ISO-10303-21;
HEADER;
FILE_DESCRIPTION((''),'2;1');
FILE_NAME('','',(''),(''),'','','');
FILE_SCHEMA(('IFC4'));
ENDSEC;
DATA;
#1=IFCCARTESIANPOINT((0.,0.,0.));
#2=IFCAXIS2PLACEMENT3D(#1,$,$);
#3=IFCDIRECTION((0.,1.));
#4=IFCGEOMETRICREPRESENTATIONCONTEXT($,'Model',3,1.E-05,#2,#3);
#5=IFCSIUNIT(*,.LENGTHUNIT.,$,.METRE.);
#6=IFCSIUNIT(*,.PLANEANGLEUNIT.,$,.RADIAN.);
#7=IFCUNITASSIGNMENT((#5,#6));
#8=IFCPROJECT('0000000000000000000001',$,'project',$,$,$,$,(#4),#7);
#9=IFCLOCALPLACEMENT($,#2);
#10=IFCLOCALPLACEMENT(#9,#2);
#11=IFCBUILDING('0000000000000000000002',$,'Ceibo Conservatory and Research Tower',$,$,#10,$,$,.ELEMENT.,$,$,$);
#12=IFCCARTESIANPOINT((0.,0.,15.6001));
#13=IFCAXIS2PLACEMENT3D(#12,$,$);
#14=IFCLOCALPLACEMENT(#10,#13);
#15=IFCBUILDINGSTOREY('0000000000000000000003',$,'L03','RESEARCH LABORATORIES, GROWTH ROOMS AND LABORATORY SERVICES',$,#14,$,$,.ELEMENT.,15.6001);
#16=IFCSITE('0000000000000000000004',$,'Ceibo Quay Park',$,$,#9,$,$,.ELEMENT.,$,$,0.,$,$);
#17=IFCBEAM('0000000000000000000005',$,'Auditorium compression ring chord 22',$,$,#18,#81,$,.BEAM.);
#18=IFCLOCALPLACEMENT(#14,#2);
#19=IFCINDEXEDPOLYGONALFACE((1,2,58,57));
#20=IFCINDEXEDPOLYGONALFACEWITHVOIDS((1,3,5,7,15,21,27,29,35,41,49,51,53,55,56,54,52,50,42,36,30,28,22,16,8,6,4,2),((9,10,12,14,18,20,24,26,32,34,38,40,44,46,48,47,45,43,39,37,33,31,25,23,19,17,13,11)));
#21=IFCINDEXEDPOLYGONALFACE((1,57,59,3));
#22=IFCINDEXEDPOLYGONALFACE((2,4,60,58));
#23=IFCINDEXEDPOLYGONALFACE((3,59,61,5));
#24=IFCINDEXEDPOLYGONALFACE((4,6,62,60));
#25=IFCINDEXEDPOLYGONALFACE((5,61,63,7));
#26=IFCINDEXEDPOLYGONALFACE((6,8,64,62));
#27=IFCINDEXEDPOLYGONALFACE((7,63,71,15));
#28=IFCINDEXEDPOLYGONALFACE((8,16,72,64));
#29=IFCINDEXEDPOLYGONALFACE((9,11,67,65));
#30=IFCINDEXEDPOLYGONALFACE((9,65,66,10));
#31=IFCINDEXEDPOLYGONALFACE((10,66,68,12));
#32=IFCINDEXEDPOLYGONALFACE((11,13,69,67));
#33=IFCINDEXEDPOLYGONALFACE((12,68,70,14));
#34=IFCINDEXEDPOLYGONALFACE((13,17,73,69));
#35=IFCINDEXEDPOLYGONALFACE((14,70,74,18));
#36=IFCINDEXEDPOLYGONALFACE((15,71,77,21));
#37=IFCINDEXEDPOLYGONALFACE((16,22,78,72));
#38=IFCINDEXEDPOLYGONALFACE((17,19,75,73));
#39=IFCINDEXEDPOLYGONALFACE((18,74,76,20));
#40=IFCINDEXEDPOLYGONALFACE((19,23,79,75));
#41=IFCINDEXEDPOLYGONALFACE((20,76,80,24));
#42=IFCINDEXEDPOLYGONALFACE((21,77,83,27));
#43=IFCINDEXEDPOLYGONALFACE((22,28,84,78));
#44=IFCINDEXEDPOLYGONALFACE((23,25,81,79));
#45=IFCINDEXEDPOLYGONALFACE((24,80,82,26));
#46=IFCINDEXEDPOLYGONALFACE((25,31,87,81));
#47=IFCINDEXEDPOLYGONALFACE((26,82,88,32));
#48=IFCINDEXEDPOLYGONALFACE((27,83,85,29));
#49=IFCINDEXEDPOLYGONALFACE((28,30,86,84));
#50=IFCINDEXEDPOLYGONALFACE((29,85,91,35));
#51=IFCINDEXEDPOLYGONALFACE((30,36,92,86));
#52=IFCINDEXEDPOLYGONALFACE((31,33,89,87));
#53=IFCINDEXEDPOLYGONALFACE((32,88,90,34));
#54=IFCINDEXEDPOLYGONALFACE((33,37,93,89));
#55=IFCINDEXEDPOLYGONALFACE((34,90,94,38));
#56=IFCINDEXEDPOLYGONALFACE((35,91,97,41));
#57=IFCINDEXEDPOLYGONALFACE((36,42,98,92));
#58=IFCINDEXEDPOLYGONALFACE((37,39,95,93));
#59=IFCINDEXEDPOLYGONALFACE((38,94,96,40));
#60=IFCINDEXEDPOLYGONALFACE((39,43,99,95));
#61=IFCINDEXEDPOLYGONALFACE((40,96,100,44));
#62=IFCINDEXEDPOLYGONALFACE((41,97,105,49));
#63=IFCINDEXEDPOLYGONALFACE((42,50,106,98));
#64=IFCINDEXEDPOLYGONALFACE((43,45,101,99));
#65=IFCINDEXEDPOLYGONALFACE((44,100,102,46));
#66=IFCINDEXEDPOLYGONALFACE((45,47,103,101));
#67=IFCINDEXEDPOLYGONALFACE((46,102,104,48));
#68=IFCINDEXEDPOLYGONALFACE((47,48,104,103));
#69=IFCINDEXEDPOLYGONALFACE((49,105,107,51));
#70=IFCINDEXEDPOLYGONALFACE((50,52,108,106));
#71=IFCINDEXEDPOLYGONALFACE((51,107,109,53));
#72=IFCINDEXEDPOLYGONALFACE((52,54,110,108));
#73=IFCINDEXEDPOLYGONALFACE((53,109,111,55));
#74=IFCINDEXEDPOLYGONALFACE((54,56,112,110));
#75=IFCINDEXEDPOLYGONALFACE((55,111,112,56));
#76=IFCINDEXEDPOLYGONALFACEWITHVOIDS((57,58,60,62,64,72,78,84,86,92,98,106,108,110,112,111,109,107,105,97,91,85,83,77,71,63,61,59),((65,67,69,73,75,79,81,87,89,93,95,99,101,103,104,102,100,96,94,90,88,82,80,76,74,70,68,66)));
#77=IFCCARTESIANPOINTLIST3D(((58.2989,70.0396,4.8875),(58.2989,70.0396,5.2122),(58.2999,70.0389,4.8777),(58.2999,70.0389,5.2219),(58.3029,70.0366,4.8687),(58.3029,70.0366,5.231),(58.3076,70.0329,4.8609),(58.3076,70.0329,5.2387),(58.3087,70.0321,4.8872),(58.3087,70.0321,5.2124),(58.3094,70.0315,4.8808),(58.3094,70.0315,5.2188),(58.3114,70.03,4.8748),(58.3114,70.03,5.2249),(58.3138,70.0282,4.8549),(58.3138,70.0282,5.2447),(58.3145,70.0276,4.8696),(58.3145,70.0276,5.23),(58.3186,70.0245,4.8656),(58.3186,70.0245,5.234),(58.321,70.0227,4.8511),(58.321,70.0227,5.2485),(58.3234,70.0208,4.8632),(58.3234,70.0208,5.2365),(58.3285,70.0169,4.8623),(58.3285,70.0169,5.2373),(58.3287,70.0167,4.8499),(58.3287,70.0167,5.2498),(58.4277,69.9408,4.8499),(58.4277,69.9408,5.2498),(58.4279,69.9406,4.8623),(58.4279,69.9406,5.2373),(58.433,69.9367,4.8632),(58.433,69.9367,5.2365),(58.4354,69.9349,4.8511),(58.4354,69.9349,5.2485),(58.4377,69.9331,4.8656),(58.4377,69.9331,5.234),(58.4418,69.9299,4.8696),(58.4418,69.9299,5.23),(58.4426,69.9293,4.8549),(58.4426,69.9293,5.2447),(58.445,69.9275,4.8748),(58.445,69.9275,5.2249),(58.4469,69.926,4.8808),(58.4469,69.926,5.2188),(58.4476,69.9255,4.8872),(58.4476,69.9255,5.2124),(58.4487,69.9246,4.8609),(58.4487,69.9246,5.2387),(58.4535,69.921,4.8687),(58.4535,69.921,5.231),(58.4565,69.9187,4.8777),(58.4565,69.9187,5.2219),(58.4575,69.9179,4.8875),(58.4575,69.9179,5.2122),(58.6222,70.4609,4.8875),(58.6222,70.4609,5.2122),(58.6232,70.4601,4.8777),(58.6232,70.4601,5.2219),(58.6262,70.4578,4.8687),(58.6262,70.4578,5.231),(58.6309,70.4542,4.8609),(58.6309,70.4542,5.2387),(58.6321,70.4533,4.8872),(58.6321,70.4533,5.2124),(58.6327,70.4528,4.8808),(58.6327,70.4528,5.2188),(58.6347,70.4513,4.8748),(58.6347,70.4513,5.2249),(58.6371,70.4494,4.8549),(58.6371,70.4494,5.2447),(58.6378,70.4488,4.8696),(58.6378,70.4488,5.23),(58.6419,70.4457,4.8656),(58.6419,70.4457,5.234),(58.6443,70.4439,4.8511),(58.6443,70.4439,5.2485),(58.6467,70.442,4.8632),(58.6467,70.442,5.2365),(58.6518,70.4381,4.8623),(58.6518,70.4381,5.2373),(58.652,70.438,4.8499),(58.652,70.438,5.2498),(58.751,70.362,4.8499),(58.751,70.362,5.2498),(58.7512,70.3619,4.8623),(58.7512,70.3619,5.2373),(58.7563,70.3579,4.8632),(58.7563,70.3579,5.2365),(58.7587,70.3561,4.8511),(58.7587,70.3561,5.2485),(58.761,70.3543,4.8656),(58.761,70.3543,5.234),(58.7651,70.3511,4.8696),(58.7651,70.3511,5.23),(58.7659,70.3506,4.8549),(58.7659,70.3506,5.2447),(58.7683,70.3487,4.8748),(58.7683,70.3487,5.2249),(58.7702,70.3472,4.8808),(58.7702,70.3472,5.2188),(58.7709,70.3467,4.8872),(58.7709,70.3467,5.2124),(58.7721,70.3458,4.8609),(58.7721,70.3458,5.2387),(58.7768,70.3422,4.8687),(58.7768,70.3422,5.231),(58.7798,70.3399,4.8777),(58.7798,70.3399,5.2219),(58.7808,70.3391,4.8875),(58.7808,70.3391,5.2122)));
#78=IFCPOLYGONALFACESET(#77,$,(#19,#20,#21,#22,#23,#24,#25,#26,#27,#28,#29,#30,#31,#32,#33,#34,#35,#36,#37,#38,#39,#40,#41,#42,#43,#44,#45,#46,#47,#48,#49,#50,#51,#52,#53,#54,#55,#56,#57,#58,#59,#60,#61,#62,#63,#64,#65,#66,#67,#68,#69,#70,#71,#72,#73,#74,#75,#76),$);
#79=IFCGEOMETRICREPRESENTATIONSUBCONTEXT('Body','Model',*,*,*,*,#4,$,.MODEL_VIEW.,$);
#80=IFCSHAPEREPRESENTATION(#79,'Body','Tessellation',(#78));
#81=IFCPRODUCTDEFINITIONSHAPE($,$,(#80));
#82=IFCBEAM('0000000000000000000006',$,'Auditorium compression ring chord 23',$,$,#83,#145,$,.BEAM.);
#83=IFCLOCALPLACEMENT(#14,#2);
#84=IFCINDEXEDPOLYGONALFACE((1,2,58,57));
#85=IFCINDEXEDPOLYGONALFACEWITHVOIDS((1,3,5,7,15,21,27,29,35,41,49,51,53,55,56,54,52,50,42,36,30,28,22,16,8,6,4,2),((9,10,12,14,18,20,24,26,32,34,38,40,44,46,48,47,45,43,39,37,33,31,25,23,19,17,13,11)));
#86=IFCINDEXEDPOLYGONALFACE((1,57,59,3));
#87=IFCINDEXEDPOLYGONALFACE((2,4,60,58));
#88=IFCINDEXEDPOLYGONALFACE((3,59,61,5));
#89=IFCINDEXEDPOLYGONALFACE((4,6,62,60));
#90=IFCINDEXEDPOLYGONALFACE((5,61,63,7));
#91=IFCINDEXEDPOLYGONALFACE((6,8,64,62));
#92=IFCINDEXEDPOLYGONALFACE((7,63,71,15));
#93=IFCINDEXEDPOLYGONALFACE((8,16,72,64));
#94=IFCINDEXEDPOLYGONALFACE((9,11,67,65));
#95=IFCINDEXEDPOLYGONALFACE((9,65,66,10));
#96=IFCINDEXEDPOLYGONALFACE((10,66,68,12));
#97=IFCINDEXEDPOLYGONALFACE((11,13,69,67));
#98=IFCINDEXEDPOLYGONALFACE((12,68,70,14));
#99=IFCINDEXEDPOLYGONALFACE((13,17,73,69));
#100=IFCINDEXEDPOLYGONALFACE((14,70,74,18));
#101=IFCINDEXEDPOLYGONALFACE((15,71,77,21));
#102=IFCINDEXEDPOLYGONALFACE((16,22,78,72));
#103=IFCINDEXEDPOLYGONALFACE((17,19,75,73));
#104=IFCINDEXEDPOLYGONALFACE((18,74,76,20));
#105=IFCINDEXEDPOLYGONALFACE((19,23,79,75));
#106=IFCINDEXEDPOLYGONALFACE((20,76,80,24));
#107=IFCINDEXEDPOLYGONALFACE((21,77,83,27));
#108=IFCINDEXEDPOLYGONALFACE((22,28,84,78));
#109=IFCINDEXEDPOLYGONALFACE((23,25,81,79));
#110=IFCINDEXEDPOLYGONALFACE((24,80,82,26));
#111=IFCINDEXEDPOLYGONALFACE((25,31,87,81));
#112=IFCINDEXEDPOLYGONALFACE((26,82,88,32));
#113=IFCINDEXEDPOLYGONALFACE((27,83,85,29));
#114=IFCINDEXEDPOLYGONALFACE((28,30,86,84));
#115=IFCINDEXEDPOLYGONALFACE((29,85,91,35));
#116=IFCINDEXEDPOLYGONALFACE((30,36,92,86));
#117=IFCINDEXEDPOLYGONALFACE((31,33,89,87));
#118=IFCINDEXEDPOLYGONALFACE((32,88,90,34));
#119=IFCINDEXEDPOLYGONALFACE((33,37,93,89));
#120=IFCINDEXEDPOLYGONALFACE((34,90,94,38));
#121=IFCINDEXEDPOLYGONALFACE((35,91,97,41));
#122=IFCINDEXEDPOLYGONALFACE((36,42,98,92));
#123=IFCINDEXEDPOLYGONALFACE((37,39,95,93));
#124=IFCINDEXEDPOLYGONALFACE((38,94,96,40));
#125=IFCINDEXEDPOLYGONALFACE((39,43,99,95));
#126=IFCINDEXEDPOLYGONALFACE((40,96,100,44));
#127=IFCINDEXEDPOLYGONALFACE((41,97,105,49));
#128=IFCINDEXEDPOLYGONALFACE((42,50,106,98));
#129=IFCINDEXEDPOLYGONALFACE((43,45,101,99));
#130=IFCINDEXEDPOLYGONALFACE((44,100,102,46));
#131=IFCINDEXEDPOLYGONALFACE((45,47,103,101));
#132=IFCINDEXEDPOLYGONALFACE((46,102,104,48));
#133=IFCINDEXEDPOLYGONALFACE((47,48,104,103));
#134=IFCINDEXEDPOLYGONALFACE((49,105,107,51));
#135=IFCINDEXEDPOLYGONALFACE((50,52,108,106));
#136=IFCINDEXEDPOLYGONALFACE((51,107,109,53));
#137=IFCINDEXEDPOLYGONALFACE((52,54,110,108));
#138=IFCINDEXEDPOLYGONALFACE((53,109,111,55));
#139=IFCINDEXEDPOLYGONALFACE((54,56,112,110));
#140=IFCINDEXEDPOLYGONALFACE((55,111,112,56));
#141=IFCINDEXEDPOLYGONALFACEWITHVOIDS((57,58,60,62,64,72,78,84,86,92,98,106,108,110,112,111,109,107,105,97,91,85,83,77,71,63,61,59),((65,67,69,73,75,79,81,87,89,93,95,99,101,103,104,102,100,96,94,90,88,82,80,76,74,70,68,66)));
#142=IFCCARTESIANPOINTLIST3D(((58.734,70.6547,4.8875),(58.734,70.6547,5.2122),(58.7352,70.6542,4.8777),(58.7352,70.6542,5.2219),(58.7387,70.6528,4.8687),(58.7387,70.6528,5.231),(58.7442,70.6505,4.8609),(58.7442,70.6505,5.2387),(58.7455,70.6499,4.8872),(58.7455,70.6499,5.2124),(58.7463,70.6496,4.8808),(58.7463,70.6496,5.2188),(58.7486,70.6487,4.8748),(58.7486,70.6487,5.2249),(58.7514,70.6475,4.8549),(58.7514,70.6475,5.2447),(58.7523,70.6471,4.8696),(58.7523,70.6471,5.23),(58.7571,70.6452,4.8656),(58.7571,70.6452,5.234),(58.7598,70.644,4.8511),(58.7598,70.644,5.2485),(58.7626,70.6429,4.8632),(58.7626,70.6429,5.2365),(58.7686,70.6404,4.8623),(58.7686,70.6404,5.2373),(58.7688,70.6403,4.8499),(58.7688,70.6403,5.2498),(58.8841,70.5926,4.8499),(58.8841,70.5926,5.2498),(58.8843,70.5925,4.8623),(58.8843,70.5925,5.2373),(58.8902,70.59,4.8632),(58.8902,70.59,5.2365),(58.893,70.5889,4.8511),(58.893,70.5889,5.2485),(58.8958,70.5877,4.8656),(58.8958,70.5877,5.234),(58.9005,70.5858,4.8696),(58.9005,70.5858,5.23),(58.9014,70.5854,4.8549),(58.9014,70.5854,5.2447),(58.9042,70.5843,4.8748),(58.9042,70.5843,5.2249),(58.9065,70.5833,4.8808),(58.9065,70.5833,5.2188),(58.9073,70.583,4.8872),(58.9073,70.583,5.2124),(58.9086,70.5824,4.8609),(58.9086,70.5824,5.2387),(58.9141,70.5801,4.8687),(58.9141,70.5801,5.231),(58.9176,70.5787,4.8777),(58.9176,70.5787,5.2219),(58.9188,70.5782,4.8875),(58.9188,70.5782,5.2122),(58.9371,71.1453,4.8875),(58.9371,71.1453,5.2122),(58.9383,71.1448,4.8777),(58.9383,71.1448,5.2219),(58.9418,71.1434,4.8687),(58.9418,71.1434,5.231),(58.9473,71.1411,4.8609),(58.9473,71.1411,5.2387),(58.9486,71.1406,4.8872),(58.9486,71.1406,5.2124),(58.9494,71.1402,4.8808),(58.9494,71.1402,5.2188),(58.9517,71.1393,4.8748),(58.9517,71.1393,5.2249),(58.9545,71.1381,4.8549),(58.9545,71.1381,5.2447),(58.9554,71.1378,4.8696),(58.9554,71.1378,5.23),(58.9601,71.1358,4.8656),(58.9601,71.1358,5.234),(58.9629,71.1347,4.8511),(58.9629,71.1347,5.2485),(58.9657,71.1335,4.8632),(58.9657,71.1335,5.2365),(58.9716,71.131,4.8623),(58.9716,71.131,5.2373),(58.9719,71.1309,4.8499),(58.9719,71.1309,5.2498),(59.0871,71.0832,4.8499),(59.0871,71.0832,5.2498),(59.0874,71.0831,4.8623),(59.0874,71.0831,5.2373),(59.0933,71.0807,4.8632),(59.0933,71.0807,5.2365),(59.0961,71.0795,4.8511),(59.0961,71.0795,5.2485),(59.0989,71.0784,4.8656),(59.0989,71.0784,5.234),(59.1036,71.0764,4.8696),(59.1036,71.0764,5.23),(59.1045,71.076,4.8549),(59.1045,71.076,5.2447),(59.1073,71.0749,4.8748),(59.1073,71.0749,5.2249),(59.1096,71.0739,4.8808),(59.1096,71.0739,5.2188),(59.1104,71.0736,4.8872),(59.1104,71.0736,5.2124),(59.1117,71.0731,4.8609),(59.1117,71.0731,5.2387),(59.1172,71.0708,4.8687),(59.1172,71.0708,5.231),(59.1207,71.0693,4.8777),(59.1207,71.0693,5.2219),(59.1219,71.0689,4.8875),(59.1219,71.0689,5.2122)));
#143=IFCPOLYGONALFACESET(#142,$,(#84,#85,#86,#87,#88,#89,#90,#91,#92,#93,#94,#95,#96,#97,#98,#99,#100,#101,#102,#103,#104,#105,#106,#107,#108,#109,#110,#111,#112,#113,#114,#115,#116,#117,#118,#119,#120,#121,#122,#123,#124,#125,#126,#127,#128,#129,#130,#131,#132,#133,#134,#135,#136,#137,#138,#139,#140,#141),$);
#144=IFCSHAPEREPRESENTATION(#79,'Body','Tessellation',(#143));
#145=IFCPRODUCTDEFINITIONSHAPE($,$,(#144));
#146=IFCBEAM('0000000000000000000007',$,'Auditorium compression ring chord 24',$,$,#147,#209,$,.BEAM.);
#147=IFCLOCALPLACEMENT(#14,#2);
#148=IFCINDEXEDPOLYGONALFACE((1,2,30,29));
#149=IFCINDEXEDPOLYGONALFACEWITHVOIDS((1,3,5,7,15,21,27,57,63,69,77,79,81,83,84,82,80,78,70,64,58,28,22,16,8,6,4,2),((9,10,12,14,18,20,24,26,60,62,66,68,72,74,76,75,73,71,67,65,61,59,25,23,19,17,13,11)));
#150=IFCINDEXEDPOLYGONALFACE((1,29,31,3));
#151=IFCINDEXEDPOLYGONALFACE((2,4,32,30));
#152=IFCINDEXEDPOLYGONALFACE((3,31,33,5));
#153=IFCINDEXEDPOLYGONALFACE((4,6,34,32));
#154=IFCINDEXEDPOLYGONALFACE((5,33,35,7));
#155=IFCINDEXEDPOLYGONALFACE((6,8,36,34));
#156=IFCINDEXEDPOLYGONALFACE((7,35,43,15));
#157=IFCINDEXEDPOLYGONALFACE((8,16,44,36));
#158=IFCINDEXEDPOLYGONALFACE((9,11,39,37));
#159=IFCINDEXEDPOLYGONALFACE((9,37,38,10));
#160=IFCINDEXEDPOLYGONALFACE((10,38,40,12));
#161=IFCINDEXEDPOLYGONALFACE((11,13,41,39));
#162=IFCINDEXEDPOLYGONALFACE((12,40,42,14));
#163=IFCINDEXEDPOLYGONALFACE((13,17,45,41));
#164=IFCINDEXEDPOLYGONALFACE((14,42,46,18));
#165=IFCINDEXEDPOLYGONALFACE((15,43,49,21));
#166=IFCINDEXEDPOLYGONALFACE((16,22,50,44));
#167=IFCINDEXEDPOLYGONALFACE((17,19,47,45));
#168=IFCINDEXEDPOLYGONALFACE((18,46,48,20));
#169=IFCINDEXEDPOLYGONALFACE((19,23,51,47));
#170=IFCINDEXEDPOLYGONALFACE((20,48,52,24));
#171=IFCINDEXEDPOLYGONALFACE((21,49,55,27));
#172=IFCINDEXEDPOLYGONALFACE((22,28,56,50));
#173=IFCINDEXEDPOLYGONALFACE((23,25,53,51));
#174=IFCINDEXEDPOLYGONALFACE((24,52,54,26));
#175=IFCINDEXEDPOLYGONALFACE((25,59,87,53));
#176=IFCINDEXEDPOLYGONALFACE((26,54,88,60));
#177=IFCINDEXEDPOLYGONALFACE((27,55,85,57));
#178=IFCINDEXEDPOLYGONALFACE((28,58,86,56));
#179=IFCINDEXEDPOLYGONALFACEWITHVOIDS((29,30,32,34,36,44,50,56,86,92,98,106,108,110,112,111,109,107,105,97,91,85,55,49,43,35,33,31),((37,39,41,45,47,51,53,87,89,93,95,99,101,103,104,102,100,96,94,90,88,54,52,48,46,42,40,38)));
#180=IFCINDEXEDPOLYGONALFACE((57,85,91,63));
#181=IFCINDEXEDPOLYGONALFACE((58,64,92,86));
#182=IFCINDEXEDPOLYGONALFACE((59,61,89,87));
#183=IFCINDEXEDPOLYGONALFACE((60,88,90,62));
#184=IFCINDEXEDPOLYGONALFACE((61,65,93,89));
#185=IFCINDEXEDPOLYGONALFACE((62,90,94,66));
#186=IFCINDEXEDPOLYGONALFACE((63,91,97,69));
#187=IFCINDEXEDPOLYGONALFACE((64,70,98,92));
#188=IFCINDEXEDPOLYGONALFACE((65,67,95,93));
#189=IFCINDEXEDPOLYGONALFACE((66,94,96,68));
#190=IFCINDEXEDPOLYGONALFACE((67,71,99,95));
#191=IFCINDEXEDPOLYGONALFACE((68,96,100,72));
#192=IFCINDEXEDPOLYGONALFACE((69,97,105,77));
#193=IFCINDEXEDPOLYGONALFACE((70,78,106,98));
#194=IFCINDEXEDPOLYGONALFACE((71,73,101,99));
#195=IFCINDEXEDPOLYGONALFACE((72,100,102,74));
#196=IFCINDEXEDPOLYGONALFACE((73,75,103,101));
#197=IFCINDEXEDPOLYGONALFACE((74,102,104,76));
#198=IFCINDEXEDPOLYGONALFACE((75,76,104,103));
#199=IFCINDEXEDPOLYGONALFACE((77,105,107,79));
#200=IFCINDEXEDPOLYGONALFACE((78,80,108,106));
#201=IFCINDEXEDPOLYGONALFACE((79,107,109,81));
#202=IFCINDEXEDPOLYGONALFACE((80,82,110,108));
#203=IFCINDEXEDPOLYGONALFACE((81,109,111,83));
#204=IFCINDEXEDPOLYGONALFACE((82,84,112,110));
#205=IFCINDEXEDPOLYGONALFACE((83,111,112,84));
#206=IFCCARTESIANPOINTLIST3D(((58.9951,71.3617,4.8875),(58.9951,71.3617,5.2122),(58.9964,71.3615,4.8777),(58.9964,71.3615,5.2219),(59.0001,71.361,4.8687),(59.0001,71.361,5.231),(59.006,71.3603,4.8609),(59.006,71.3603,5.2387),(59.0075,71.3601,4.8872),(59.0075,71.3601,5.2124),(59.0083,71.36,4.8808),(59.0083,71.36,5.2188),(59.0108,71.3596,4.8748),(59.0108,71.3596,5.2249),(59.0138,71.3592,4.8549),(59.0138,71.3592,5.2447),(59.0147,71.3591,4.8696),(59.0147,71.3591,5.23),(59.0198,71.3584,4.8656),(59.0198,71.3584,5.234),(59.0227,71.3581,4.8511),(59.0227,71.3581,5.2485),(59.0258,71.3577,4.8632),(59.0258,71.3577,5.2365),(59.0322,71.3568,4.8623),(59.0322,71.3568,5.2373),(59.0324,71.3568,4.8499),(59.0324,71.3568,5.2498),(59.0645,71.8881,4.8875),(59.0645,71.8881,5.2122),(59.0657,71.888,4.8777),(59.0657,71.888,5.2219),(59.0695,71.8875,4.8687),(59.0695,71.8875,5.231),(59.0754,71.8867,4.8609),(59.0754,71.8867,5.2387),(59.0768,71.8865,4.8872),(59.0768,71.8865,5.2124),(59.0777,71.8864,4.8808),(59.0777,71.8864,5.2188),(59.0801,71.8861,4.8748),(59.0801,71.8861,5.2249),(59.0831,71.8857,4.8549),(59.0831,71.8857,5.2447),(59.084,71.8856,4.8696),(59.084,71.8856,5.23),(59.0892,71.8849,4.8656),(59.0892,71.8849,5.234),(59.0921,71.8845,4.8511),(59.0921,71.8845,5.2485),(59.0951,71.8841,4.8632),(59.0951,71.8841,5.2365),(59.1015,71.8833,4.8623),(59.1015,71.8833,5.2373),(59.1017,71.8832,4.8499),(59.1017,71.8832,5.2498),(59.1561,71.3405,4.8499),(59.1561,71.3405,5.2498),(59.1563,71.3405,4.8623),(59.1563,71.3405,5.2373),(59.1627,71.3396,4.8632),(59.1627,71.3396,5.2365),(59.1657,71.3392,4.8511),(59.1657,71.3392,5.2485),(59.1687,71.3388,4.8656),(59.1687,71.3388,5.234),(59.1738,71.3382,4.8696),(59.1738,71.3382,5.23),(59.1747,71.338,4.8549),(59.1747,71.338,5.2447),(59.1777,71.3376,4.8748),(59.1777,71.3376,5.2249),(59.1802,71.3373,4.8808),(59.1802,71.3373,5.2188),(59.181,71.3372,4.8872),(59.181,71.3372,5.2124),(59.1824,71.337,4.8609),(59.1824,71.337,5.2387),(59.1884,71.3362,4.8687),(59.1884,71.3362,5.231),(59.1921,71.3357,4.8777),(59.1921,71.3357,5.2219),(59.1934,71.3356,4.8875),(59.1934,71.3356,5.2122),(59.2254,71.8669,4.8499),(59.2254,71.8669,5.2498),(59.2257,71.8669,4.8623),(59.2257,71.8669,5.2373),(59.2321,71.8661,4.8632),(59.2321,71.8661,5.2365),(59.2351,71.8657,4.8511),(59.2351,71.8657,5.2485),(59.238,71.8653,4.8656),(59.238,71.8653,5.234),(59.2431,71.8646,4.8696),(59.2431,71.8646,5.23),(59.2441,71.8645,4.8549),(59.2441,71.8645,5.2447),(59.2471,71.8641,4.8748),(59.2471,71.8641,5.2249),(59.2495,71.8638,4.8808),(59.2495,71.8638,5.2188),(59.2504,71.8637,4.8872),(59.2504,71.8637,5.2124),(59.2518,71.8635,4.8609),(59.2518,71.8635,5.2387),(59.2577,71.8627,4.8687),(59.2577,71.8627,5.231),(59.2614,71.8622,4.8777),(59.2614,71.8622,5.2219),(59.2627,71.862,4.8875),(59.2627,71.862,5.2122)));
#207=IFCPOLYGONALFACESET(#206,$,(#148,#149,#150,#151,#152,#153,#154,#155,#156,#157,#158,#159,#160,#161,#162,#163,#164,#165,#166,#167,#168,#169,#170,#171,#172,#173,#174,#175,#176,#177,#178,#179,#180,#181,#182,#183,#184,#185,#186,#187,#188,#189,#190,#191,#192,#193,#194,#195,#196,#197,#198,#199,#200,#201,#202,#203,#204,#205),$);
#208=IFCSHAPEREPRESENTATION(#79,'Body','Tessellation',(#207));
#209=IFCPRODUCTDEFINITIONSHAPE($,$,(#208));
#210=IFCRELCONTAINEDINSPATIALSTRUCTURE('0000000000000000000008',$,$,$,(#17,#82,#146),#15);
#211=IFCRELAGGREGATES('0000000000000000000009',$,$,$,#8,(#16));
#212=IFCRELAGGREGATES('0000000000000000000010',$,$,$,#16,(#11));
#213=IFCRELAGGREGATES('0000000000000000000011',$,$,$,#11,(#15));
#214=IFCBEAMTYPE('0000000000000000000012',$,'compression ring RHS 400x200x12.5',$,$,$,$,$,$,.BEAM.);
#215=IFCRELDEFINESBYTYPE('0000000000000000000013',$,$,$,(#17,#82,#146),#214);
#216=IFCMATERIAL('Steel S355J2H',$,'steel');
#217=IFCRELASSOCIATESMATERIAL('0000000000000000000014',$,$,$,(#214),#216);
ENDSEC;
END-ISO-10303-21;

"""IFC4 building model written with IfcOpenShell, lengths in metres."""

from ifc_helpers import new_model, si_unit, direction, frame, origin, origin_2d, place, context, subcontext, project, spatial, hollow_rectangle, extrude, material, material_profile, profile_set, type_object, element, save


model = new_model("IFC4")

# Units and contexts
model_context = context("Model", 3, precision=1e-05, world=origin(), true_north=direction((0.0, 1.0)))
body_context = subcontext(model_context, "Body", "Model", "MODEL_VIEW")
ifc_project = project(units=[si_unit("LENGTHUNIT", "METRE"), si_unit("PLANEANGLEUNIT", "RADIAN")], contexts=[model_context])

# Site, building, storey
site_placement = place(None, origin())
site = spatial("IfcSite", under=ifc_project, at=site_placement, Name="Ceibo Quay Park", CompositionType="ELEMENT", RefElevation=0.0)
building_placement = place(site_placement, origin())
building = spatial("IfcBuilding", under=site, at=building_placement, Name="Ceibo Conservatory and Research Tower", CompositionType="ELEMENT")
storey_placement = place(building_placement, frame((0.0, 0.0, 15.6001)))
storey = spatial("IfcBuildingStorey", under=building, at=storey_placement, Name="L03", Description="RESEARCH LABORATORIES, GROWTH ROOMS AND LABORATORY SERVICES", CompositionType="ELEMENT", Elevation=15.6001)

# Beams
ifc_material_1 = material(Name="Steel S355J2H", Category="steel")
ifc_material_profile_1 = material_profile(ifc_material_1, hollow_rectangle(XDim=0.2, YDim=0.3999, WallThickness=0.0125, InnerFilletRadius=0.0249, OuterFilletRadius=0.0376, at=origin_2d()), Name="RHS 400x200x12.5")
ifc_profile_set_1 = profile_set([ifc_material_profile_1], Name="Steel S355J2H")
beam_type_1 = type_object("IfcBeamType", Name="compression ring RHS 400x200x12.5", PredefinedType="BEAM", material=ifc_profile_set_1)
for number, where, z_axis, x_axis, name in (
    (1, (58.3782, 69.9788, 5.0498), (0.608866, 0.793273, 0.0), (-0.793273, 0.608866, 0.0), "Auditorium compression ring chord 22"),
    (2, (58.8264, 70.6165, 5.0498), (0.38246, 0.923972, 0.0), (-0.923972, 0.38246, 0.0), "Auditorium compression ring chord 23"),
    (3, (59.0942, 71.3486, 5.0498), (0.130597, 0.991436, 0.0), (-0.991436, 0.130597, 0.0), "Auditorium compression ring chord 24"),
):
    element("IfcBeam", number, at=place(storey_placement, frame(where, z_axis=z_axis, x_axis=x_axis)), inside=storey, type_object=beam_type_1, Name=name, PredefinedType="BEAM", context=body_context, shape_type="SweptSolid", body=[
        extrude(hollow_rectangle(XDim=0.2, YDim=0.3999, WallThickness=0.0125, InnerFilletRadius=0.0249, OuterFilletRadius=0.0376, at=origin_2d()), origin(), (0.0, 0.0, 1.0), 0.531),
    ])

save(model, "model.ifc")
